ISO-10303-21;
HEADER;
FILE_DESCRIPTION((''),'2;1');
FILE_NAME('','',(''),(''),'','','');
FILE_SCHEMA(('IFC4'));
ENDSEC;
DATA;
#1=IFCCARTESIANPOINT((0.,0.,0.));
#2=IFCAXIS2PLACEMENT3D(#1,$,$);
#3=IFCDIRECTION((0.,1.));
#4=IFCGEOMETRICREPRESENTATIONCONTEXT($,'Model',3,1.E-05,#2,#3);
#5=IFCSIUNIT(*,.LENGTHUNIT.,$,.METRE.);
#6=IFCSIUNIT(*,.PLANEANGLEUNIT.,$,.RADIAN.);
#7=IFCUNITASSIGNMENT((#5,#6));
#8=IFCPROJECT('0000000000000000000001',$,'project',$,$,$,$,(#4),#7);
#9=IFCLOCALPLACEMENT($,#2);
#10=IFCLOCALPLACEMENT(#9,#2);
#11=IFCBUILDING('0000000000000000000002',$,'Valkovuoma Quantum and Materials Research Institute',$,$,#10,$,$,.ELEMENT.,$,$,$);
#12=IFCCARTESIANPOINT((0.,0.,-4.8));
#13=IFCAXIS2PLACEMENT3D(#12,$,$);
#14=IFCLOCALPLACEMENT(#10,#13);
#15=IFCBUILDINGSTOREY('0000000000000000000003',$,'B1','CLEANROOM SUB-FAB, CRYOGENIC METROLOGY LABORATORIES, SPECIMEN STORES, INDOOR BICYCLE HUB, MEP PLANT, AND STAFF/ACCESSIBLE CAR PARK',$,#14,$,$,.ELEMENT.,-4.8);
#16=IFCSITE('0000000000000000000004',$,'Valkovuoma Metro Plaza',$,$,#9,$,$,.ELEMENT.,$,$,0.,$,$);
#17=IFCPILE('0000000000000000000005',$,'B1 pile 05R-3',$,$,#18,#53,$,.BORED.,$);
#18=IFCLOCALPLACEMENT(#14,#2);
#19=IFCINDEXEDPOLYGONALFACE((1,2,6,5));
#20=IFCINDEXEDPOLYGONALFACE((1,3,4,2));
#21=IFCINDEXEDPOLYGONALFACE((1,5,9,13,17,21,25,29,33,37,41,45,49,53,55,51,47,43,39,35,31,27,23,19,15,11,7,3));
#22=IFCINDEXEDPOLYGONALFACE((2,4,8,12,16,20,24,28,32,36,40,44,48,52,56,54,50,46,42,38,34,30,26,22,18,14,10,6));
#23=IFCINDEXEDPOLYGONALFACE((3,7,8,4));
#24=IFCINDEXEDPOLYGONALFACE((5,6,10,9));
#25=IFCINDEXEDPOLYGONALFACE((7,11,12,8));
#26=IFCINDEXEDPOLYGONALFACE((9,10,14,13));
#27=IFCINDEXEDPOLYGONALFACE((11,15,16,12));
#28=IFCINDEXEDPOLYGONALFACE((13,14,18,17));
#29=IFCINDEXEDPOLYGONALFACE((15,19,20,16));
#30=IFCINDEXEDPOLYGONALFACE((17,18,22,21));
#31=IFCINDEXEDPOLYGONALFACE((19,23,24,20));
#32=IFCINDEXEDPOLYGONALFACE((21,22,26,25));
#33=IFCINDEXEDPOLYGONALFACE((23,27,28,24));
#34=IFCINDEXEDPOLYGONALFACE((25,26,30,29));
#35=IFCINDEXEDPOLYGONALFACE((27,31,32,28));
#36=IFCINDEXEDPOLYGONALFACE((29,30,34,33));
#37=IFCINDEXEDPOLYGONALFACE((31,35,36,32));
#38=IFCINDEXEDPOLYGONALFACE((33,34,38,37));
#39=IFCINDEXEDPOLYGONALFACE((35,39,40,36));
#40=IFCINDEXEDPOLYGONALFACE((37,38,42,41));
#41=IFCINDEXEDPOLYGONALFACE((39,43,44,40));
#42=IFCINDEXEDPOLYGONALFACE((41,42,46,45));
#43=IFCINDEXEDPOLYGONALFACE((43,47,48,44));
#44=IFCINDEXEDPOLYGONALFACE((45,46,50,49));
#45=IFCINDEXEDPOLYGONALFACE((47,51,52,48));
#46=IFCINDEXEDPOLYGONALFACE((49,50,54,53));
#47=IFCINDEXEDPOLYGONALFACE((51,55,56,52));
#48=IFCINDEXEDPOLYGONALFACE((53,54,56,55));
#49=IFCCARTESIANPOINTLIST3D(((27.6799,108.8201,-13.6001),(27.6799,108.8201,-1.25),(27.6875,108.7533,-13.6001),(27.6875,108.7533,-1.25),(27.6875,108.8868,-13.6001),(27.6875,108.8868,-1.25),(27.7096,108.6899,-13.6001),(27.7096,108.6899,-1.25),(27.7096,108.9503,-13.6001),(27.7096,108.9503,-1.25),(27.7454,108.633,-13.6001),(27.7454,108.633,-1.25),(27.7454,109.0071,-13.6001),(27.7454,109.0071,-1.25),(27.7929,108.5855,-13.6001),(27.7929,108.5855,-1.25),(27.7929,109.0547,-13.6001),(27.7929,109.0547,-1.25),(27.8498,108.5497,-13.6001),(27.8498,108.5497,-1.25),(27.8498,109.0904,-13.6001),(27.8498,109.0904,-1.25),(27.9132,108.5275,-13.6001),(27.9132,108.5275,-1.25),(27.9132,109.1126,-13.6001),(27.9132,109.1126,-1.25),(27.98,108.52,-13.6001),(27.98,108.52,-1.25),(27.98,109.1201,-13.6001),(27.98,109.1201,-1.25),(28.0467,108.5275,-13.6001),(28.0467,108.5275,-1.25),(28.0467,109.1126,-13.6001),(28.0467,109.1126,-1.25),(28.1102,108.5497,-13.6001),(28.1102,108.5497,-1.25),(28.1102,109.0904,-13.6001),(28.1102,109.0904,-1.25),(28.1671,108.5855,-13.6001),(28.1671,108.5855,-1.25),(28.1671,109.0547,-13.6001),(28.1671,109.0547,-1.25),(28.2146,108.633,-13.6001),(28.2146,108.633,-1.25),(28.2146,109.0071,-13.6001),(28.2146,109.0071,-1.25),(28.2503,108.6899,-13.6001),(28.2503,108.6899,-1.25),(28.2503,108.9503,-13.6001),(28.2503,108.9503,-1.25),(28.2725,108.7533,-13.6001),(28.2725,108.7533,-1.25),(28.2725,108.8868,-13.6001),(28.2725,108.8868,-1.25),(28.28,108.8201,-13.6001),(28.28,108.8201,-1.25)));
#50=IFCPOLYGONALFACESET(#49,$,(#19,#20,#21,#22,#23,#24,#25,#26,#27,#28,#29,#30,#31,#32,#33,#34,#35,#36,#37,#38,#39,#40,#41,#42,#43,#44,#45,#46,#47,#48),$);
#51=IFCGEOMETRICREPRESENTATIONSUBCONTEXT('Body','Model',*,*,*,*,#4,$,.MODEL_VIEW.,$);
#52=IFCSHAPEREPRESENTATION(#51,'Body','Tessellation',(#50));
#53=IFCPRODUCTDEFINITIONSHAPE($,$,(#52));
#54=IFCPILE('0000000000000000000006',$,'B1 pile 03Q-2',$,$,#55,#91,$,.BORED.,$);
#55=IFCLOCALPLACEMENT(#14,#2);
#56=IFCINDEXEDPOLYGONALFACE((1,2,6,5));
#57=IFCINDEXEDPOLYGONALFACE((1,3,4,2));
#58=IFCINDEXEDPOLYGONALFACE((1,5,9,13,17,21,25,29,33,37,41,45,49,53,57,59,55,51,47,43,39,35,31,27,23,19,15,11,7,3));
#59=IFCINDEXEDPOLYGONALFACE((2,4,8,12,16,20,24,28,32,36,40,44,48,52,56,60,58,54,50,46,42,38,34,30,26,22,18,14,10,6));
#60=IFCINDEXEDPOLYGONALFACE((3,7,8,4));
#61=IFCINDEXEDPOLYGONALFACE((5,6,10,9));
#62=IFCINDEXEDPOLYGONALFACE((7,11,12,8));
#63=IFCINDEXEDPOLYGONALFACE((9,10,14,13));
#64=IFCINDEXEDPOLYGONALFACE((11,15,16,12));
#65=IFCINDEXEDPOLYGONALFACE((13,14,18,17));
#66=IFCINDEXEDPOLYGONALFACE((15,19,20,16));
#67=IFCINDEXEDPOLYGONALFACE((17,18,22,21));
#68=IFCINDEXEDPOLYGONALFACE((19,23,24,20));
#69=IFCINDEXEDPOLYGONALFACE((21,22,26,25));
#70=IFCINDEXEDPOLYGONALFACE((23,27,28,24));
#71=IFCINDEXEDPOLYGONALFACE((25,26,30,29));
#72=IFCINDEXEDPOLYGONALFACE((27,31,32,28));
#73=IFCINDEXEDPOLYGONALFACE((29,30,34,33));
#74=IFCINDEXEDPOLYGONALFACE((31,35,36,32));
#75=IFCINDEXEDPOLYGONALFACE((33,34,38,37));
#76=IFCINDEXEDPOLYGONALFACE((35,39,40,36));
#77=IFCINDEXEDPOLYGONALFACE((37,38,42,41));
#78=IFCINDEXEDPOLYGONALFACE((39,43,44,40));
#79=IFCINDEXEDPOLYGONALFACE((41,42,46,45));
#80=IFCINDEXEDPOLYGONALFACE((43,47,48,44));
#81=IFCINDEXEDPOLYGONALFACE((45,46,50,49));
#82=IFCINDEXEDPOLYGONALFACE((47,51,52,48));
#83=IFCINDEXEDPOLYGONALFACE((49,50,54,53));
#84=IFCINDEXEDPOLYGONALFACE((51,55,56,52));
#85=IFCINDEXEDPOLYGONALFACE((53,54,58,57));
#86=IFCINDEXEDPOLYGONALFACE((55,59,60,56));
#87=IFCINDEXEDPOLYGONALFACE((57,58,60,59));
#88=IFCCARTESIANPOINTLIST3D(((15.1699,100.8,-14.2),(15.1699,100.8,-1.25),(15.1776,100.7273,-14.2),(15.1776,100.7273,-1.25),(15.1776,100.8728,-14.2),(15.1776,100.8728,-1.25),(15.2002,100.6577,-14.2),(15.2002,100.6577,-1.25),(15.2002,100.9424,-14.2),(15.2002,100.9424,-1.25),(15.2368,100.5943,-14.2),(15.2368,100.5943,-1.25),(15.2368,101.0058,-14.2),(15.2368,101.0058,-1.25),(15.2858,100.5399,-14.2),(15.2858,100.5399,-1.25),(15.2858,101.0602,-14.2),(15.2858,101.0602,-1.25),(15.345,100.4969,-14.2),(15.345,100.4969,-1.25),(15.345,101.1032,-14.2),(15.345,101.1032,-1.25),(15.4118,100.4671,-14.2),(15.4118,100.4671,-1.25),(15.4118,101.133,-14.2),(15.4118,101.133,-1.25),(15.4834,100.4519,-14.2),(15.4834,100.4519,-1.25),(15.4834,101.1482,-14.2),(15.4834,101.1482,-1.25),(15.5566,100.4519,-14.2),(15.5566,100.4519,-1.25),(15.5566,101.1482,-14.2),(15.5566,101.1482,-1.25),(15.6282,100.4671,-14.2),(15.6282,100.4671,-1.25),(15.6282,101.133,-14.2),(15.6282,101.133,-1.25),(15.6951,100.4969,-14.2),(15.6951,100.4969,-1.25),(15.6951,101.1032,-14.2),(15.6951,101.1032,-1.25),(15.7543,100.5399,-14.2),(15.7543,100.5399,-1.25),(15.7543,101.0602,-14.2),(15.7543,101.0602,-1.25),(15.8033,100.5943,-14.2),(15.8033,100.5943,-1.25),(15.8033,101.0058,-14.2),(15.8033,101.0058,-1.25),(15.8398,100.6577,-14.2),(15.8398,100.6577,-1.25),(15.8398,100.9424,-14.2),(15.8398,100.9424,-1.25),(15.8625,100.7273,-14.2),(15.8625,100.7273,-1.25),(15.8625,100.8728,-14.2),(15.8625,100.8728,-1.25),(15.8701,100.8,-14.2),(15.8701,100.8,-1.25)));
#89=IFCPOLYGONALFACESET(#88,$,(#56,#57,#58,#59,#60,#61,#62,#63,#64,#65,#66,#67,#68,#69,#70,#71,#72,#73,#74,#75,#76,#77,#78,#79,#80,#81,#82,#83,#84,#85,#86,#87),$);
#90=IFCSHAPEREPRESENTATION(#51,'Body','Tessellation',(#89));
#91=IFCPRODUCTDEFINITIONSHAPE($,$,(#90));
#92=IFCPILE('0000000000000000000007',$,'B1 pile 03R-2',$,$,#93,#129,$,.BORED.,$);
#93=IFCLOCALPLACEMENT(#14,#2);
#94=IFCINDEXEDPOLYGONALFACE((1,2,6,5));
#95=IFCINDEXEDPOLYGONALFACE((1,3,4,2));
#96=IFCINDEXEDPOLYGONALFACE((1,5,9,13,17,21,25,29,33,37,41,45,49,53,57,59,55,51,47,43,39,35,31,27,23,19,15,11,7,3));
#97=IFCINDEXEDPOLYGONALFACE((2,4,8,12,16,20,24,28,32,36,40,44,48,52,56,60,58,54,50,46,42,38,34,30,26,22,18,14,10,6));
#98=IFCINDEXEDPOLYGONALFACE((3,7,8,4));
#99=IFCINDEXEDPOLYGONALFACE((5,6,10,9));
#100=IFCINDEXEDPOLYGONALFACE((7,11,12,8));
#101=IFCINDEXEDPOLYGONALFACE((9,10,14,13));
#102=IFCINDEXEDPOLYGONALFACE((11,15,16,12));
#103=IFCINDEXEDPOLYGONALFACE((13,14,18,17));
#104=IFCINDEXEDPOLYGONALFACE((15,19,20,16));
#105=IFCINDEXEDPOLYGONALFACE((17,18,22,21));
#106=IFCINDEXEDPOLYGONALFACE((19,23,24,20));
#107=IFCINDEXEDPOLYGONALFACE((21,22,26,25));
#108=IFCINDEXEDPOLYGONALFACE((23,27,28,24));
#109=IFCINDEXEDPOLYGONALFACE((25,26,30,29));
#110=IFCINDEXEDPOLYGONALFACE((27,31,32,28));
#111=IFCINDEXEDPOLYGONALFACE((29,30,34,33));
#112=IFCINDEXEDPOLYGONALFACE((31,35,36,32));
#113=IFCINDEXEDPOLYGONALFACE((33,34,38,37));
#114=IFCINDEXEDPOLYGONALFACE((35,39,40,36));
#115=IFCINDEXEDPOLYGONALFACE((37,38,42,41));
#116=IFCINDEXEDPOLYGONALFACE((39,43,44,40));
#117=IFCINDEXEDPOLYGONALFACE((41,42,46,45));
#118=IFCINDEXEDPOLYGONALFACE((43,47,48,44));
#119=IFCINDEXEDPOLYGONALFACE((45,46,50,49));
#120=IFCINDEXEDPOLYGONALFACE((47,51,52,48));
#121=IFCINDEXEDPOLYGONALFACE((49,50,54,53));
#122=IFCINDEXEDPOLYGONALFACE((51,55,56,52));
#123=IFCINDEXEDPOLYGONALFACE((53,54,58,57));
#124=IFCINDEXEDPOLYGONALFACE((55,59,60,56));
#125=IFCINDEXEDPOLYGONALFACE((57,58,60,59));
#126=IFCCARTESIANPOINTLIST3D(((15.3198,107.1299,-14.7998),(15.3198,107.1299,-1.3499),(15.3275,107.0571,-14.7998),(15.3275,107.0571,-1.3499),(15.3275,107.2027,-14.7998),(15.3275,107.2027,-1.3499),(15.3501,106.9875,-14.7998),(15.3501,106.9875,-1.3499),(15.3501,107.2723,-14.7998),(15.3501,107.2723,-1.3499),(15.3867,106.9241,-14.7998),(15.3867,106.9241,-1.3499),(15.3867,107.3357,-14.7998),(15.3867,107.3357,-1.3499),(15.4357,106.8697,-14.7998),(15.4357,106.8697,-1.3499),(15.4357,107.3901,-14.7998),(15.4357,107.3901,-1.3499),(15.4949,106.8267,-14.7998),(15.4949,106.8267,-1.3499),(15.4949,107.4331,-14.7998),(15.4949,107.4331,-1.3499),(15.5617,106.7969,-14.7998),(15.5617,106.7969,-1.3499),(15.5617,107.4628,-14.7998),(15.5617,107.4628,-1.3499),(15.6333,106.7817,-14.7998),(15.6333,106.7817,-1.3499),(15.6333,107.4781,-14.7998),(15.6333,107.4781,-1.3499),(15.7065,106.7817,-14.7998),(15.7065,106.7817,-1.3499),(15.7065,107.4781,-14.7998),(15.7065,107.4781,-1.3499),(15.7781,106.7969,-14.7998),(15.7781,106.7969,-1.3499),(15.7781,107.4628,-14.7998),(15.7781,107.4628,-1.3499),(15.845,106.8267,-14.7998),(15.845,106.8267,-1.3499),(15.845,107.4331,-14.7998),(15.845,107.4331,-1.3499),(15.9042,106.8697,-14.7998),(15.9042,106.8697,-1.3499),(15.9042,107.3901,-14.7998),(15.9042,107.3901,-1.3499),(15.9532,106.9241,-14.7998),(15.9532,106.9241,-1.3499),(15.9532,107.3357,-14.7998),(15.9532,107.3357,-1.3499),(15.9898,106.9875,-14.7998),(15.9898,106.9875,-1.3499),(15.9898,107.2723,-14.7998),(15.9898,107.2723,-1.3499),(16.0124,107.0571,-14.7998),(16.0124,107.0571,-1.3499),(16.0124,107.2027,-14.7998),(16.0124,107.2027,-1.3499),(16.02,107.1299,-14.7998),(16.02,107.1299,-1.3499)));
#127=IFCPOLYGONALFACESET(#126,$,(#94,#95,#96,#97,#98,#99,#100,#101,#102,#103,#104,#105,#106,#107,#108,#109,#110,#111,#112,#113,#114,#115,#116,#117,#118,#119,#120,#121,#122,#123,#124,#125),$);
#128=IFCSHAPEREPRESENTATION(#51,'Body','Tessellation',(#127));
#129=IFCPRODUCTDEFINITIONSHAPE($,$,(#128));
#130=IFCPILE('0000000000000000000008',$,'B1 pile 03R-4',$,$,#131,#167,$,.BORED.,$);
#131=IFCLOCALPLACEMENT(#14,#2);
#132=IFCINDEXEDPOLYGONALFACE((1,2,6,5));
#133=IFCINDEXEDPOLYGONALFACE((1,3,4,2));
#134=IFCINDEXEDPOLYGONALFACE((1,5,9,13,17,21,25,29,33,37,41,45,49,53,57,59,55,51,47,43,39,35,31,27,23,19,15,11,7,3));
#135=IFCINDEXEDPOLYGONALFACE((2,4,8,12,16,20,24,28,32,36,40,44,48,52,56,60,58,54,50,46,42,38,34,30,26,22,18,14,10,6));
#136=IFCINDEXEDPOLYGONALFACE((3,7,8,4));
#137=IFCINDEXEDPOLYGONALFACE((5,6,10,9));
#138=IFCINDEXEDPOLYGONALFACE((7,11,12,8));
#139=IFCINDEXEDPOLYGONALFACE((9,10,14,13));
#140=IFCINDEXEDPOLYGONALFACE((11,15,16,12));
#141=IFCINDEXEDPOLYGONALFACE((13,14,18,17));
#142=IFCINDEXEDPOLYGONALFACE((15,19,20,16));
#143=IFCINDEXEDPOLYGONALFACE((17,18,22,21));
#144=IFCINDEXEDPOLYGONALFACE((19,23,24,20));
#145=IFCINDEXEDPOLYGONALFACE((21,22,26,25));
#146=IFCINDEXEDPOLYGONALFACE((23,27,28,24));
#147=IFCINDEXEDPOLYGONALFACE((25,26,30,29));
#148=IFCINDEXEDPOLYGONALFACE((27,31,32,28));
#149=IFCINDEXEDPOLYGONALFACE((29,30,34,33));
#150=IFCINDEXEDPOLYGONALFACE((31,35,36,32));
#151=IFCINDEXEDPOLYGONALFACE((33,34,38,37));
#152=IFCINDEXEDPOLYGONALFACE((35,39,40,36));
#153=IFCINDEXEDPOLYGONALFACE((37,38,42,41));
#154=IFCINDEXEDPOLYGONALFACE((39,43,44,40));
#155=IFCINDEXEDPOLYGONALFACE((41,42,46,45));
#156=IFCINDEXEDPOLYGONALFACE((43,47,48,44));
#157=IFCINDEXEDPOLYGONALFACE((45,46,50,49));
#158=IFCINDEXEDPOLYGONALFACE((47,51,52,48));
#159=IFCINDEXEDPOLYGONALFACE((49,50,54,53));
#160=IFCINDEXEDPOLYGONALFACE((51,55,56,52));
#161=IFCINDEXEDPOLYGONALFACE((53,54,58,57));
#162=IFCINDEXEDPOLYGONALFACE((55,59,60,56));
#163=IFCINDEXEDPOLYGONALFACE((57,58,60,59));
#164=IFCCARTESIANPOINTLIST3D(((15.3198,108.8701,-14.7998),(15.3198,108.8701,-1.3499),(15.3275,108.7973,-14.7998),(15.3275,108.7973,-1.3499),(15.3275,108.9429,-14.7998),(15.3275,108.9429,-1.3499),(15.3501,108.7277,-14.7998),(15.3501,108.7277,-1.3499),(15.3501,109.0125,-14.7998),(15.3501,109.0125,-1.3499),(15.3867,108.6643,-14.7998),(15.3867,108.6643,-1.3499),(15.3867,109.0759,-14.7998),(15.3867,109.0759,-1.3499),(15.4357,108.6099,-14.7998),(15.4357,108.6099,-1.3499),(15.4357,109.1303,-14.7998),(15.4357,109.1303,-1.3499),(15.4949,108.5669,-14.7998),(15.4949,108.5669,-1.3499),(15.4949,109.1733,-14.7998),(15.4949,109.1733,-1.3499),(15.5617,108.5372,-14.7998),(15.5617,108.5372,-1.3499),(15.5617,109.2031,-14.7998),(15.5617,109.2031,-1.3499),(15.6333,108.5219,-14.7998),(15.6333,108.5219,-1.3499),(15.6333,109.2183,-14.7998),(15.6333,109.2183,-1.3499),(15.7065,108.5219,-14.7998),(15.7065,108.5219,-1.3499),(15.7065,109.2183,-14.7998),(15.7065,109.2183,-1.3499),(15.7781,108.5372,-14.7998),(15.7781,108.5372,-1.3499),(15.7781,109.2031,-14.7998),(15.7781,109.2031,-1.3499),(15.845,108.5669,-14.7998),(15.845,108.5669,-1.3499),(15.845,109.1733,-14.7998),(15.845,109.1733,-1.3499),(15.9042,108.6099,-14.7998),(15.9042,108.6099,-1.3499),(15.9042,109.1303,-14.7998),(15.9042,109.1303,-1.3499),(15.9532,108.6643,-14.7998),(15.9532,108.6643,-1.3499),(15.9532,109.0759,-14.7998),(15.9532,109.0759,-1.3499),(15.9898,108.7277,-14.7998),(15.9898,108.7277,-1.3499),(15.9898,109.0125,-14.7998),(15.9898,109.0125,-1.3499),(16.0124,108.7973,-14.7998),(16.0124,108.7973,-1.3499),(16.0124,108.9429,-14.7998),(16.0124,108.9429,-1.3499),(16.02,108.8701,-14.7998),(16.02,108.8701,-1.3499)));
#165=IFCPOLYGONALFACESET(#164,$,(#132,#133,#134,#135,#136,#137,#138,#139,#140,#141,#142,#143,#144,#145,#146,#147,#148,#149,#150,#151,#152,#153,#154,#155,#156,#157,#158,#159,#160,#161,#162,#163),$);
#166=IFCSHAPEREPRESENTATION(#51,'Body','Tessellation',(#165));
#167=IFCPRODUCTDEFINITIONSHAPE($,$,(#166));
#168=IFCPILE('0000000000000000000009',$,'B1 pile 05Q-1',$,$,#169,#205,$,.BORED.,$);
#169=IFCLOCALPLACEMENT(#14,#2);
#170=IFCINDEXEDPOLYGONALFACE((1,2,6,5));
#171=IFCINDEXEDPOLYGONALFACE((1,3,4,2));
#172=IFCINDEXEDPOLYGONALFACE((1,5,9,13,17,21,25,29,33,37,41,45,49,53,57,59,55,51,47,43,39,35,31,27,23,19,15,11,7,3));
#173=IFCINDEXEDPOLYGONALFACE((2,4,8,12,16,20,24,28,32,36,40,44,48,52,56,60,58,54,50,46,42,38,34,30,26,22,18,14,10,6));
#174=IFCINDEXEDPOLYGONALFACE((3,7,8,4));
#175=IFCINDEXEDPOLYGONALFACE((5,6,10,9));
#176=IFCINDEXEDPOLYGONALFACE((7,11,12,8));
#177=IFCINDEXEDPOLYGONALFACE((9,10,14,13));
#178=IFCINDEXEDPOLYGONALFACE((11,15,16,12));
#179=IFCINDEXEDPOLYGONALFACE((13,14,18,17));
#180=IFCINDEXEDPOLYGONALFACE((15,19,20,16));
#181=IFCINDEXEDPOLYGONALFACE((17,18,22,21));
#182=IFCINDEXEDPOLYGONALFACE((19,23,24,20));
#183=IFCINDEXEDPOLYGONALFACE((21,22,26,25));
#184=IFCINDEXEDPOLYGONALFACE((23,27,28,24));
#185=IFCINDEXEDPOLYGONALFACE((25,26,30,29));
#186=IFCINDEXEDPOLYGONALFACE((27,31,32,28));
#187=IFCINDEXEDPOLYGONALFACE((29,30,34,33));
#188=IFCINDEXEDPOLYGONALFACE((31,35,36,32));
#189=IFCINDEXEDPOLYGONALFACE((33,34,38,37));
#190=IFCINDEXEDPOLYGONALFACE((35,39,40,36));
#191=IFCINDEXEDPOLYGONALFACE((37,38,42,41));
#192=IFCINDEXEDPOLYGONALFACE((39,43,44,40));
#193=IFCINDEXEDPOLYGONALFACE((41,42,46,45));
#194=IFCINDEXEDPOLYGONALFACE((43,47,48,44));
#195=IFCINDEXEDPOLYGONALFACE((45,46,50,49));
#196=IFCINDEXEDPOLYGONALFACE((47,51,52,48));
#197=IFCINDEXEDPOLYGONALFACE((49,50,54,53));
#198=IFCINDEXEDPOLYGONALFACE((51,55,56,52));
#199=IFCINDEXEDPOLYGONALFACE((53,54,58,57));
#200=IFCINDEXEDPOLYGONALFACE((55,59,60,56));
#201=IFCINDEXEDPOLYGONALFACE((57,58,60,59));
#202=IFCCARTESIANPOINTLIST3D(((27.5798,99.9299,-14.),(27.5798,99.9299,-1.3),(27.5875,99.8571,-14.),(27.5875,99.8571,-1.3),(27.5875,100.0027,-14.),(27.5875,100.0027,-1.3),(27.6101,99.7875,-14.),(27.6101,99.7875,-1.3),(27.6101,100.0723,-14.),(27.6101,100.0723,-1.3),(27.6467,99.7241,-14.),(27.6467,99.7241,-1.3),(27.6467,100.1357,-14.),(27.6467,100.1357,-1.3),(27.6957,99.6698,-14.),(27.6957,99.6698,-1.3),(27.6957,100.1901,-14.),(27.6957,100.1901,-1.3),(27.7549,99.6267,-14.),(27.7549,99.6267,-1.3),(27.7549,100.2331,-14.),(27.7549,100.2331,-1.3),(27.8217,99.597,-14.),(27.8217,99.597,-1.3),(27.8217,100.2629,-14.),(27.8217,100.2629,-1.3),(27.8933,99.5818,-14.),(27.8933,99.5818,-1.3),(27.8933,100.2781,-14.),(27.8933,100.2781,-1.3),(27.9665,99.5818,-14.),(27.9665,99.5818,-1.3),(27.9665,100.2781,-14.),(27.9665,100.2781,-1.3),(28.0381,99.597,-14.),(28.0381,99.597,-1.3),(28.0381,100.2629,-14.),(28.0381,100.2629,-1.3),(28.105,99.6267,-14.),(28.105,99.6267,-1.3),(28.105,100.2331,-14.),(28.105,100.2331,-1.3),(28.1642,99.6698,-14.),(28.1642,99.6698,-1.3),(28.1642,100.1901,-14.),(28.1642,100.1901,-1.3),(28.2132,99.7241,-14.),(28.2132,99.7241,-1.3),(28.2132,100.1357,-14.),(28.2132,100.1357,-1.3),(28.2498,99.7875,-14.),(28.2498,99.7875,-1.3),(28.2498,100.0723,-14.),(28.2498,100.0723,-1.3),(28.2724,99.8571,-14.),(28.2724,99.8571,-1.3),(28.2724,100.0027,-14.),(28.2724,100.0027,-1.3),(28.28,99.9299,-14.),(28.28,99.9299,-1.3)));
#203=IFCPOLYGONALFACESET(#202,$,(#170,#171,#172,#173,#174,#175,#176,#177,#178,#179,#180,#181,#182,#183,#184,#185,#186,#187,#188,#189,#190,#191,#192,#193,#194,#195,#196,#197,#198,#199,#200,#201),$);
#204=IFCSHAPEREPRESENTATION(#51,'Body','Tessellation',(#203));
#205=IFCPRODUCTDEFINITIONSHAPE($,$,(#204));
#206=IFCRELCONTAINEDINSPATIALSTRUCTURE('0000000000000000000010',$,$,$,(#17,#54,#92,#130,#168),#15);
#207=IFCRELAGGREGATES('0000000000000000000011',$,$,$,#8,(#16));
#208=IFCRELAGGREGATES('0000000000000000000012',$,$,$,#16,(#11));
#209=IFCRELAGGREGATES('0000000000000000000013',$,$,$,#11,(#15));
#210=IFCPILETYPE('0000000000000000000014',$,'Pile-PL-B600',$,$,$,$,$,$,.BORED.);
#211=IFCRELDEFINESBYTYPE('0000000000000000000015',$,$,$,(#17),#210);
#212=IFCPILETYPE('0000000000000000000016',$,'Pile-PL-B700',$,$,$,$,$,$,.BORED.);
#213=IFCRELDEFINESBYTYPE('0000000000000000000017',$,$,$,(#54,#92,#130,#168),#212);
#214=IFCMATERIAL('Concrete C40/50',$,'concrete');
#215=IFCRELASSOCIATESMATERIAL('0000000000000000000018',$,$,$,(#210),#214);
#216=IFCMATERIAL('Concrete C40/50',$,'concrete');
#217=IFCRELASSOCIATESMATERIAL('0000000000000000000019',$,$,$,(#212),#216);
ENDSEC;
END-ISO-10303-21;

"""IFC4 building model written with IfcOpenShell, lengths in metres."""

from ifc_helpers import new_model, si_unit, direction, frame, origin, origin_2d, place, context, subcontext, project, spatial, circle, extrude, material, material_profile, profile_set, type_object, element, save


model = new_model("IFC4")

# Units and contexts
model_context = context("Model", 3, precision=1e-05, world=origin(), true_north=direction((0.0, 1.0)))
body_context = subcontext(model_context, "Body", "Model", "MODEL_VIEW")
ifc_project = project(units=[si_unit("LENGTHUNIT", "METRE"), si_unit("PLANEANGLEUNIT", "RADIAN")], contexts=[model_context])

# Site, building, storey
site_placement = place(None, origin())
site = spatial("IfcSite", under=ifc_project, at=site_placement, Name="Valkovuoma Metro Plaza", CompositionType="ELEMENT", RefElevation=0.0)
building_placement = place(site_placement, origin())
building = spatial("IfcBuilding", under=site, at=building_placement, Name="Valkovuoma Quantum and Materials Research Institute", CompositionType="ELEMENT")
storey_placement = place(building_placement, frame((0.0, 0.0, -4.8)))
storey = spatial("IfcBuildingStorey", under=building, at=storey_placement, Name="B1", Description="CLEANROOM SUB-FAB, CRYOGENIC METROLOGY LABORATORIES, SPECIMEN STORES, INDOOR BICYCLE HUB, MEP PLANT, AND STAFF/ACCESSIBLE CAR PARK", CompositionType="ELEMENT", Elevation=-4.8)

# Piles
ifc_material_1 = material(Name="Concrete C40/50", Category="concrete")
ifc_material_profile_1 = material_profile(ifc_material_1, circle(Radius=0.3, at=origin_2d()), Name="Concrete C40/50")
ifc_profile_set_1 = profile_set([ifc_material_profile_1], Name="Concrete C40/50")
pile_type_1 = type_object("IfcPileType", Name="Pile-PL-B600", PredefinedType="BORED", material=ifc_profile_set_1)
for number, where, z_axis, x_axis, name in (
    (1, (27.98, 108.8201, -1.25), (0.0, 0.0, -1.0), (1.0, 0.0, 0.0), "B1 pile 05R-3"),
):
    element("IfcPile", number, at=place(storey_placement, frame(where, z_axis=z_axis, x_axis=x_axis)), inside=storey, type_object=pile_type_1, Name=name, PredefinedType="BORED", context=body_context, shape_type="SweptSolid", body=[
        extrude(circle(Radius=0.3, at=origin_2d()), origin(), (0.0, 0.0, 1.0), 12.3501),
    ])
ifc_material_2 = material(Name="Concrete C40/50", Category="concrete")
ifc_material_profile_2 = material_profile(ifc_material_2, circle(Radius=0.3501, at=origin_2d()), Name="Concrete C40/50")
ifc_profile_set_2 = profile_set([ifc_material_profile_2], Name="Concrete C40/50")
pile_type_2 = type_object("IfcPileType", Name="Pile-PL-B700", PredefinedType="BORED", material=ifc_profile_set_2)
pile_placement = place(storey_placement, frame((15.52, 100.8, -1.25), z_axis=(0.0, 0.0, -1.0), x_axis=(1.0, 0.0, 0.0)))
element("IfcPile", 2, at=pile_placement, inside=storey, type_object=pile_type_2, Name="B1 pile 03Q-2", PredefinedType="BORED", context=body_context, shape_type="SweptSolid", body=[
    extrude(circle(Radius=0.3501, at=origin_2d()), origin(), (0.0, 0.0, 1.0), 12.95),
])
for number, where, z_axis, x_axis, name in (
    (3, (15.6699, 107.1299, -1.3499), (0.0, 0.0, -1.0), (1.0, 0.0, 0.0), "B1 pile 03R-2"),
    (4, (15.6699, 108.8701, -1.3499), (0.0, 0.0, -1.0), (1.0, 0.0, 0.0), "B1 pile 03R-4"),
):
    element("IfcPile", number, at=place(storey_placement, frame(where, z_axis=z_axis, x_axis=x_axis)), inside=storey, type_object=pile_type_2, Name=name, PredefinedType="BORED", context=body_context, shape_type="SweptSolid", body=[
        extrude(circle(Radius=0.3501, at=origin_2d()), origin(), (0.0, 0.0, 1.0), 13.45),
    ])
for number, where, z_axis, x_axis, name in (
    (5, (27.9299, 99.9299, -1.3), (0.0, 0.0, -1.0), (1.0, 0.0, 0.0), "B1 pile 05Q-1"),
):
    element("IfcPile", number, at=place(storey_placement, frame(where, z_axis=z_axis, x_axis=x_axis)), inside=storey, type_object=pile_type_2, Name=name, PredefinedType="BORED", context=body_context, shape_type="SweptSolid", body=[
        extrude(circle(Radius=0.3501, at=origin_2d()), origin(), (0.0, 0.0, 1.0), 12.7),
    ])

save(model, "model.ifc")
